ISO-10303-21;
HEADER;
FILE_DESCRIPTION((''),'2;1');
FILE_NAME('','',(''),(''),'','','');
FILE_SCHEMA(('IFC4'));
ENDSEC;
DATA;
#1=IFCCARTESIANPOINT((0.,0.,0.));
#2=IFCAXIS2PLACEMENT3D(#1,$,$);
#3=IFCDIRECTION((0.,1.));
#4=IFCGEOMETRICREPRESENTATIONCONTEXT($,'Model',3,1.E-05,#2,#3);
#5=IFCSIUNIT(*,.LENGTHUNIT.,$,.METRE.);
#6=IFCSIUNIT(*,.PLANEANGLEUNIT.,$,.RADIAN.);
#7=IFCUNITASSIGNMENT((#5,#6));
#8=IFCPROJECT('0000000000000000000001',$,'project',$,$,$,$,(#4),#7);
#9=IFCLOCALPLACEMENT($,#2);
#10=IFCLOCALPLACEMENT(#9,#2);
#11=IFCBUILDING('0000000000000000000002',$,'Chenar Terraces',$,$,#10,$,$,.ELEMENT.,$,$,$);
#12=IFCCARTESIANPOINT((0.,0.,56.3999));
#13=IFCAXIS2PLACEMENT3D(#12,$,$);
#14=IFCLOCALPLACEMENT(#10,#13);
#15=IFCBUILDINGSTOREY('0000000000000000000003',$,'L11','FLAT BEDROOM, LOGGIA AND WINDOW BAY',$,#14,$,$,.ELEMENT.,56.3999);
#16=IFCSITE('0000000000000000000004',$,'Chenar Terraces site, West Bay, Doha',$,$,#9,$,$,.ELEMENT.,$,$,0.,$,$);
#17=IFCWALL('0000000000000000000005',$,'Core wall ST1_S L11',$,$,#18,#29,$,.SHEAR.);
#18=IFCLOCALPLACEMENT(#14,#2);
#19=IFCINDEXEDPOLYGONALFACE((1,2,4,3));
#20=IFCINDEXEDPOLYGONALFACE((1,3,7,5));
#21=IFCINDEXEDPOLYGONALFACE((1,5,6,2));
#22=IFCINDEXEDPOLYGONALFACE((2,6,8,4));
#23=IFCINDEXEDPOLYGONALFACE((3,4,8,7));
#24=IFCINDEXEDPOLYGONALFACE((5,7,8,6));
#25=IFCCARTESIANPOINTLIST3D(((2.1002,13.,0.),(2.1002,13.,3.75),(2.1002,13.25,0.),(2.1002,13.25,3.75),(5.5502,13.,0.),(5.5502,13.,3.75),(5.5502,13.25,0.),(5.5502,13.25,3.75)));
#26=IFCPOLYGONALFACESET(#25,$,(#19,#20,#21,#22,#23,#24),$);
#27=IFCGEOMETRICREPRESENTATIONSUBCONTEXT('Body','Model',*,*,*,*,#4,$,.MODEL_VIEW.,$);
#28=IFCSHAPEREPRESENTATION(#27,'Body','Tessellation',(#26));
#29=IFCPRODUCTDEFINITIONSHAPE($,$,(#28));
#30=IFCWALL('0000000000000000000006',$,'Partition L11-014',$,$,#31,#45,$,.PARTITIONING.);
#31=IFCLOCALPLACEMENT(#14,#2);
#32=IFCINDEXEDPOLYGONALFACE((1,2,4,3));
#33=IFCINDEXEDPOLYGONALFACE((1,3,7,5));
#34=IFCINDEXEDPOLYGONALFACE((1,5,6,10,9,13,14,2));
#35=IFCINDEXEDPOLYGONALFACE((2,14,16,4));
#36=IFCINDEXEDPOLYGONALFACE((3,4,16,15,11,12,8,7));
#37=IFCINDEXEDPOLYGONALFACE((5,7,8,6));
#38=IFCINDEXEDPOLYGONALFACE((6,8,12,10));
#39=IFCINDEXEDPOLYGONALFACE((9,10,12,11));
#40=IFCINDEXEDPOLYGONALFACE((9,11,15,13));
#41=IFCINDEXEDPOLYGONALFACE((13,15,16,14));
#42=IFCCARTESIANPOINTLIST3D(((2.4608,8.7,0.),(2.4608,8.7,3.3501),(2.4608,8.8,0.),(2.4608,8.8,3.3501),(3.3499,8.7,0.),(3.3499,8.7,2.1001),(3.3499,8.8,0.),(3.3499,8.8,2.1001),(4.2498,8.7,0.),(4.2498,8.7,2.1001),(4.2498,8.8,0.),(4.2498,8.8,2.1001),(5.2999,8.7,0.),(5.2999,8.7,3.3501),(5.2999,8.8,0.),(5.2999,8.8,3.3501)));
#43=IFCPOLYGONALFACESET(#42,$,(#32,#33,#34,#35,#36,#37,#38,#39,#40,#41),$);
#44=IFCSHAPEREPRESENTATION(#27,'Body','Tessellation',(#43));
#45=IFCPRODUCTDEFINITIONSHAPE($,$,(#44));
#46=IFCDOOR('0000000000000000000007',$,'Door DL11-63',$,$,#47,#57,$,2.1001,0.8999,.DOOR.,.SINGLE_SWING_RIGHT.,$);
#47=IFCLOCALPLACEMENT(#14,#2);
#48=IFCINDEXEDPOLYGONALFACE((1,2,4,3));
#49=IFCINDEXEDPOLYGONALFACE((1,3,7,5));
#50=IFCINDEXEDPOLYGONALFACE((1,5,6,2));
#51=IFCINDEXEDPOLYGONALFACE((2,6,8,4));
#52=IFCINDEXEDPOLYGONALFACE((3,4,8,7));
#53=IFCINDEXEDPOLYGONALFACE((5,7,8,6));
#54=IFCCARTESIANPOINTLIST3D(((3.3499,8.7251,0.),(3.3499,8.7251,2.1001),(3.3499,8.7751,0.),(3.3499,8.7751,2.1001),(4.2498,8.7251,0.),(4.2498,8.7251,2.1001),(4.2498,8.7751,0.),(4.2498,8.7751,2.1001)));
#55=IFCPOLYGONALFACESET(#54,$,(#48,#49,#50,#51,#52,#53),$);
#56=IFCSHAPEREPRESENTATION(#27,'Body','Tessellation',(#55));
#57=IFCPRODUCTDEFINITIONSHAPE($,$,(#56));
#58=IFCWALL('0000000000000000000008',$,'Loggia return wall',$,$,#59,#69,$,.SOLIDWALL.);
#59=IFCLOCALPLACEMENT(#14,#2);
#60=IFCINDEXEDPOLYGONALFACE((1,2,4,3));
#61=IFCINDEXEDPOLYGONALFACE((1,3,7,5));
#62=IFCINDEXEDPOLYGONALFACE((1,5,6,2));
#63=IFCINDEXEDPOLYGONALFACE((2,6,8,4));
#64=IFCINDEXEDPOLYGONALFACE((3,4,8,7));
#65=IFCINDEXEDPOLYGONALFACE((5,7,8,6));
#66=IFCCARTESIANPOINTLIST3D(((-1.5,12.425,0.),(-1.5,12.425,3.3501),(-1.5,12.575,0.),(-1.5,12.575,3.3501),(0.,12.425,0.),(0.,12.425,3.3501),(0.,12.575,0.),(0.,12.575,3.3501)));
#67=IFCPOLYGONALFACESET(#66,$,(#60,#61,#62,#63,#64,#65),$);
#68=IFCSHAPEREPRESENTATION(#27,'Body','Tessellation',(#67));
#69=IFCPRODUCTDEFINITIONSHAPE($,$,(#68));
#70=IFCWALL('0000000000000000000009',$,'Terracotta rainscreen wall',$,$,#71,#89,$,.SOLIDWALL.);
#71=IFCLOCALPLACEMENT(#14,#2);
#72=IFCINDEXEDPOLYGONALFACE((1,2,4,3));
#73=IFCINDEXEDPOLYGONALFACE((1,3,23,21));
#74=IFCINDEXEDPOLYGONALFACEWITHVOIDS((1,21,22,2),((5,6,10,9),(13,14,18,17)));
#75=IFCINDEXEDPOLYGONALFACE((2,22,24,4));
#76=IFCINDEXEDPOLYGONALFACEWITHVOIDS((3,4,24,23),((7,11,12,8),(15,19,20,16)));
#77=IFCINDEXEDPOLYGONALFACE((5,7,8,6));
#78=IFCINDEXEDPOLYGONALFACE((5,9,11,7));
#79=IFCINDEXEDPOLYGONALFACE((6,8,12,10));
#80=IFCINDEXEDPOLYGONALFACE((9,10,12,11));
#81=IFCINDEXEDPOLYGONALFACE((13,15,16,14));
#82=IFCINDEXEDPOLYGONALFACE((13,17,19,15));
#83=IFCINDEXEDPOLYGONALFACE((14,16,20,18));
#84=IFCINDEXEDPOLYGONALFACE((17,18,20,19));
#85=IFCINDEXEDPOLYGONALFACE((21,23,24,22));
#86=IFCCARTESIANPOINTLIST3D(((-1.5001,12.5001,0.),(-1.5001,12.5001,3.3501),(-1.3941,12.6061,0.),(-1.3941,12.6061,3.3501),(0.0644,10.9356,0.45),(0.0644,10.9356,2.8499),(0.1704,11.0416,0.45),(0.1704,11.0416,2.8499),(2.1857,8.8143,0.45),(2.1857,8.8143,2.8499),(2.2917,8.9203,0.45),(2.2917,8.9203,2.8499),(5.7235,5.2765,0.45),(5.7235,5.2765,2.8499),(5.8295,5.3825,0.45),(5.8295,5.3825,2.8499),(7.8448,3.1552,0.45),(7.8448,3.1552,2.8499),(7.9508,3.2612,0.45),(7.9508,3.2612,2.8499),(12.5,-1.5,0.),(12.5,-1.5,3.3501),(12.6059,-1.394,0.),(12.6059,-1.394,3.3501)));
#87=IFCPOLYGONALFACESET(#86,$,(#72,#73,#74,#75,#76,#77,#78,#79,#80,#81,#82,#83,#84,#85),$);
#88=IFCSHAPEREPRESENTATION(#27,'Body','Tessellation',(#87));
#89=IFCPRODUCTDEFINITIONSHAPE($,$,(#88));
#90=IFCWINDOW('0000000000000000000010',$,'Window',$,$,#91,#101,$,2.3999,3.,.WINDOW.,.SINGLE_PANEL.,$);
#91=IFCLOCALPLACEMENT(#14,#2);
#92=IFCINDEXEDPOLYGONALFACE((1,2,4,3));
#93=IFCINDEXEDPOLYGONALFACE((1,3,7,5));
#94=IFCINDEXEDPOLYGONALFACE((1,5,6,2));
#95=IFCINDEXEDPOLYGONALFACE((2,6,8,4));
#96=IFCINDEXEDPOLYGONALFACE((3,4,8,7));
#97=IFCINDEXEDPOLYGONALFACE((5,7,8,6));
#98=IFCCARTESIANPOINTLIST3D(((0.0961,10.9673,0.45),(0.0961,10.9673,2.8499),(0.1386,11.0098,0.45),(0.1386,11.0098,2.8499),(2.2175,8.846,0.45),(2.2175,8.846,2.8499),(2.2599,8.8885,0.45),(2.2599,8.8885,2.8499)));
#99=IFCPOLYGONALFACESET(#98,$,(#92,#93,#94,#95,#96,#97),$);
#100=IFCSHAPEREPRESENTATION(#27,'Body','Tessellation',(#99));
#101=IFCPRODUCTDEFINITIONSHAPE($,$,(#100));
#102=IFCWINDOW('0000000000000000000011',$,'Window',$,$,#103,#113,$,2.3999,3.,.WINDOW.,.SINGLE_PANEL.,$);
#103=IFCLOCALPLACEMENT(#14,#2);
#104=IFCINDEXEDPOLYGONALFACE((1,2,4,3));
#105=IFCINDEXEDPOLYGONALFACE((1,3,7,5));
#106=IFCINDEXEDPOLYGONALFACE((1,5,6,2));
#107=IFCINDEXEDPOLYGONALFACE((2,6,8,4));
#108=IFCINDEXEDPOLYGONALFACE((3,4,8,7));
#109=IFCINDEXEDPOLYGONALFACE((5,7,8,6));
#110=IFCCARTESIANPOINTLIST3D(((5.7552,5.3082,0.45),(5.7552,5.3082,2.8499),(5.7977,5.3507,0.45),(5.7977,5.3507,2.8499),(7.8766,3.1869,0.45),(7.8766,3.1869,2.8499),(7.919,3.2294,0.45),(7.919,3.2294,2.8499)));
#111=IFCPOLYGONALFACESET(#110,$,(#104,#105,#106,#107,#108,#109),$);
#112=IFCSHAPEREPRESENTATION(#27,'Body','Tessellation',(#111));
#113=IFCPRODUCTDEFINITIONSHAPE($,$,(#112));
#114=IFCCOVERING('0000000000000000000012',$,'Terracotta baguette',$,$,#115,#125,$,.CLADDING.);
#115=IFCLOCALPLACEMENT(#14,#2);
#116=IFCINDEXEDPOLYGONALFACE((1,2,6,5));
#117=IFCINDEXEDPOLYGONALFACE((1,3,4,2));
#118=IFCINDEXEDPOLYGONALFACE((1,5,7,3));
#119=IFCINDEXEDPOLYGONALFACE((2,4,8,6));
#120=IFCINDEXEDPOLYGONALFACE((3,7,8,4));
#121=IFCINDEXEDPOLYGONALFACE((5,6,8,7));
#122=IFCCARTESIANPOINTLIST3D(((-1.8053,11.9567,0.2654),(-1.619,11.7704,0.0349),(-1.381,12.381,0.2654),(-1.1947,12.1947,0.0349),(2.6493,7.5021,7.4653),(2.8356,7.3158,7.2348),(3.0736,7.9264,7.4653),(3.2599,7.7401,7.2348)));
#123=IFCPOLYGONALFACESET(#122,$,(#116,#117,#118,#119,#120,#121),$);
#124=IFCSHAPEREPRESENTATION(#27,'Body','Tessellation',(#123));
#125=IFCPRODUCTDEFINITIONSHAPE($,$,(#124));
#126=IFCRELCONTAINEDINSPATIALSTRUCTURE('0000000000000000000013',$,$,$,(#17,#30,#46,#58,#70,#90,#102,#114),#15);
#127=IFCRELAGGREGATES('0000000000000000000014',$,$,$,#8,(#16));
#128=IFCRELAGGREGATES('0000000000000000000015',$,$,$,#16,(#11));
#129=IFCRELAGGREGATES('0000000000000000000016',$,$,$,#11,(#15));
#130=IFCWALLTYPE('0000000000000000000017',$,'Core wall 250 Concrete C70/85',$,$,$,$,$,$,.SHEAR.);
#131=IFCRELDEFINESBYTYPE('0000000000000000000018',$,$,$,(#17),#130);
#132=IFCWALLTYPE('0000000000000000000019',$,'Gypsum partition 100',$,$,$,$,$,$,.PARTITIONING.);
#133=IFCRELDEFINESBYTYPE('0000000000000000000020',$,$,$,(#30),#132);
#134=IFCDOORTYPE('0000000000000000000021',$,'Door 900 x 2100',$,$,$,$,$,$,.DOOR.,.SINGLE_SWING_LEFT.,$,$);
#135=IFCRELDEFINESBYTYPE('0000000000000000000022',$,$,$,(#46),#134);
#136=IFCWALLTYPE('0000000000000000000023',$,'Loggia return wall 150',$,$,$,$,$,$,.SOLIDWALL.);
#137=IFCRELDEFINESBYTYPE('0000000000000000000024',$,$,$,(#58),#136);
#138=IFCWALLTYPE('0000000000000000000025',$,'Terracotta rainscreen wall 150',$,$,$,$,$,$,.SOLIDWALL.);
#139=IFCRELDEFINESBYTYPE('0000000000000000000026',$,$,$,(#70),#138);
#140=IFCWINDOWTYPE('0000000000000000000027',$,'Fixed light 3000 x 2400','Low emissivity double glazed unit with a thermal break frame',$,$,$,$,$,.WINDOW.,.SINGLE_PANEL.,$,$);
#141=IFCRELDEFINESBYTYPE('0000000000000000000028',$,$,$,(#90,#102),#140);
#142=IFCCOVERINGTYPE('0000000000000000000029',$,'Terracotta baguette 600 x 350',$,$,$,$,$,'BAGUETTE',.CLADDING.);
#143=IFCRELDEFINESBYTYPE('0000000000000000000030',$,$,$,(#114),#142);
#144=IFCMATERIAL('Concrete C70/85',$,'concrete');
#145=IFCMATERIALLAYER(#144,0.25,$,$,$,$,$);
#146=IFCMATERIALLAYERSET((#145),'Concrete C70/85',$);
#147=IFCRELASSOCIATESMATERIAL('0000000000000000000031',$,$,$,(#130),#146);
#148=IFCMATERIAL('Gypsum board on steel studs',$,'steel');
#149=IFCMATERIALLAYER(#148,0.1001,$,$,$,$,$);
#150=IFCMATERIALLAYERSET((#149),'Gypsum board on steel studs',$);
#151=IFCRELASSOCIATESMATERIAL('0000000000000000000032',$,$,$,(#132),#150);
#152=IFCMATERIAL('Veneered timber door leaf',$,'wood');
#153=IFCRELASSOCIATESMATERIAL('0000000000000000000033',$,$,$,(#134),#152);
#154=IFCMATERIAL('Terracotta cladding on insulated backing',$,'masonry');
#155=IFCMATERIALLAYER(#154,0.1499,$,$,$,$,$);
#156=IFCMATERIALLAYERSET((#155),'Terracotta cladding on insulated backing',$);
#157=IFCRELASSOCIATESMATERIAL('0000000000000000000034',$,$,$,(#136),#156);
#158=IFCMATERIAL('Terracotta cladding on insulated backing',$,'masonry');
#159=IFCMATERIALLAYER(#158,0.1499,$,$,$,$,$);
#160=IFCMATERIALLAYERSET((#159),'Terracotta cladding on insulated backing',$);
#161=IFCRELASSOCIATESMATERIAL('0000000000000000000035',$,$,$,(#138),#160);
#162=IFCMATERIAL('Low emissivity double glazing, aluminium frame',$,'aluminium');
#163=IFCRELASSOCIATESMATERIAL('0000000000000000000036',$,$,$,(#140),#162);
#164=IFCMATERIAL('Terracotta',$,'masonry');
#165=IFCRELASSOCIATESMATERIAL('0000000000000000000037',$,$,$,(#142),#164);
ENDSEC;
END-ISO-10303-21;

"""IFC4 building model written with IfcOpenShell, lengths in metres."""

from ifc_helpers import new_model, si_unit, direction, frame, frame_2d, origin, origin_2d, place, context, subcontext, project, spatial, rectangle, extrude, material, layer, layer_set, material_profile, profile_set, type_object, element, fill, save


model = new_model("IFC4")

# Units and contexts
model_context = context("Model", 3, precision=1e-05, world=origin(), true_north=direction((0.0, 1.0)))
body_context = subcontext(model_context, "Body", "Model", "MODEL_VIEW")
ifc_project = project(units=[si_unit("LENGTHUNIT", "METRE"), si_unit("PLANEANGLEUNIT", "RADIAN")], contexts=[model_context])

# Site, building, storey
site_placement = place(None, origin())
site = spatial("IfcSite", under=ifc_project, at=site_placement, Name="Chenar Terraces site, West Bay, Doha", CompositionType="ELEMENT", RefElevation=0.0)
building_placement = place(site_placement, origin())
building = spatial("IfcBuilding", under=site, at=building_placement, Name="Chenar Terraces", CompositionType="ELEMENT")
storey_placement = place(building_placement, frame((0.0, 0.0, 56.3999)))
storey = spatial("IfcBuildingStorey", under=building, at=storey_placement, Name="L11", Description="FLAT BEDROOM, LOGGIA AND WINDOW BAY", CompositionType="ELEMENT", Elevation=56.3999)

# Wall
ifc_material_1 = material(Name="Concrete C70/85", Category="concrete")
ifc_layer_1 = layer(ifc_material_1, 0.25)
ifc_layer_set_1 = layer_set([ifc_layer_1], Name="Concrete C70/85")
wall_type_1 = type_object("IfcWallType", Name="Core wall 250 Concrete C70/85", PredefinedType="SHEAR", material=ifc_layer_set_1)
wall_1_placement = place(storey_placement, frame((2.1001, 13.125, 0.0), z_axis=(0.0, 0.0, 1.0), x_axis=(1.0, 0.0, 0.0)))
element("IfcWall", 1, at=wall_1_placement, inside=storey, type_object=wall_type_1, Name="Core wall ST1_S L11", PredefinedType="SHEAR", context=body_context, shape_type="SweptSolid", body=[
    extrude(rectangle(XDim=3.45, YDim=0.25, at=frame_2d((1.7251, 0.0))), origin(), (0.0, 0.0, 1.0), 3.75),
])

# Wall, opening, door
ifc_material_2 = material(Name="Gypsum board on steel studs", Category="steel")
ifc_layer_2 = layer(ifc_material_2, 0.1001)
ifc_layer_set_2 = layer_set([ifc_layer_2], Name="Gypsum board on steel studs")
wall_type_2 = type_object("IfcWallType", Name="Gypsum partition 100", PredefinedType="PARTITIONING", material=ifc_layer_set_2)
wall_2_placement = place(storey_placement, frame((2.4609, 8.75, 0.0), z_axis=(0.0, 0.0, 1.0), x_axis=(1.0, 0.0, 0.0)))
wall_2 = element("IfcWall", 2, at=wall_2_placement, inside=storey, type_object=wall_type_2, Name="Partition L11-014", PredefinedType="PARTITIONING", context=body_context, shape_type="SweptSolid", body=[
    extrude(rectangle(XDim=2.8391, YDim=0.1001, at=frame_2d((1.4194, 0.0))), origin(), (0.0, 0.0, 1.0), 3.3501),
])
opening_1_placement = place(wall_2_placement, frame((0.8889, 0.0, 0.0)))
opening_1 = element("IfcOpeningElement", 3, at=opening_1_placement, cuts=wall_2, PredefinedType="OPENING", context=body_context, shape_type="SweptSolid", body=[
    extrude(rectangle(XDim=0.8999, YDim=2.1001, at=frame_2d((0.45, 1.05))), frame((0.0, 0.0601, 0.0), z_axis=(0.0, -1.0, 0.0), x_axis=(1.0, 0.0, 0.0)), (0.0, 0.0, 1.0), 0.1201),
])
ifc_material_3 = material(Name="Veneered timber door leaf", Category="wood")
door_type = type_object("IfcDoorType", Name="Door 900 x 2100", OperationType="SINGLE_SWING_LEFT", PredefinedType="DOOR", material=ifc_material_3)
door_placement = place(opening_1_placement, frame((0.8999, 0.0, 0.0), z_axis=(0.0, 0.0, 1.0), x_axis=(-1.0, 0.0, 0.0)))
door = element("IfcDoor", 4, at=door_placement, inside=storey, type_object=door_type, Name="Door DL11-63", OperationType="SINGLE_SWING_RIGHT", OverallHeight=2.1001, OverallWidth=0.8999, PredefinedType="DOOR", context=body_context, shape_type="SweptSolid", body=[
    extrude(rectangle(XDim=0.8999, YDim=2.1001, at=frame_2d((0.45, 1.05))), frame((0.0, 0.0249, 0.0), z_axis=(0.0, -1.0, 0.0), x_axis=(1.0, 0.0, 0.0)), (0.0, 0.0, 1.0), 0.05),
])
fill(opening_1, door)

# Wall
ifc_material_4 = material(Name="Terracotta cladding on insulated backing", Category="masonry")
ifc_layer_3 = layer(ifc_material_4, 0.1499)
ifc_layer_set_3 = layer_set([ifc_layer_3], Name="Terracotta cladding on insulated backing")
wall_type_3 = type_object("IfcWallType", Name="Loggia return wall 150", PredefinedType="SOLIDWALL", material=ifc_layer_set_3)
wall_3_placement = place(storey_placement, frame((-1.5, 12.5, 0.0), z_axis=(0.0, 0.0, 1.0), x_axis=(1.0, 0.0, 0.0)))
element("IfcWall", 5, at=wall_3_placement, inside=storey, type_object=wall_type_3, Name="Loggia return wall", PredefinedType="SOLIDWALL", context=body_context, shape_type="SweptSolid", body=[
    extrude(rectangle(XDim=1.5, YDim=0.1499, at=frame_2d((0.75, 0.0))), origin(), (0.0, 0.0, 1.0), 3.3501),
])

# Wall, openings, windows
ifc_material_5 = material(Name="Terracotta cladding on insulated backing", Category="masonry")
ifc_layer_4 = layer(ifc_material_5, 0.1499)
ifc_layer_set_4 = layer_set([ifc_layer_4], Name="Terracotta cladding on insulated backing")
wall_type_4 = type_object("IfcWallType", Name="Terracotta rainscreen wall 150", PredefinedType="SOLIDWALL", material=ifc_layer_set_4)
wall_4_placement = place(storey_placement, frame((-1.447, 12.553, 0.0), z_axis=(0.0, 0.0, 1.0), x_axis=(0.707107, -0.707107, 0.0)))
wall_4 = element("IfcWall", 6, at=wall_4_placement, inside=storey, type_object=wall_type_4, Name="Terracotta rainscreen wall", PredefinedType="SOLIDWALL", context=body_context, shape_type="SweptSolid", body=[
    extrude(rectangle(XDim=19.7991, YDim=0.1499, at=frame_2d((9.8994, 0.0))), origin(), (0.0, 0.0, 1.0), 3.3501),
])
opening_2_placement = place(wall_4_placement, frame((2.2124, 0.0, 0.45)))
opening_2 = element("IfcOpeningElement", 7, at=opening_2_placement, cuts=wall_4, PredefinedType="OPENING", context=body_context, shape_type="SweptSolid", body=[
    extrude(rectangle(XDim=3.0, YDim=2.3999, at=frame_2d((1.5, 1.2))), frame((0.0, 0.085, 0.0), z_axis=(0.0, -1.0, 0.0), x_axis=(1.0, 0.0, 0.0)), (0.0, 0.0, 1.0), 0.1699),
])
opening_3_placement = place(wall_4_placement, frame((10.2156, 0.0, 0.45)))
opening_3 = element("IfcOpeningElement", 8, at=opening_3_placement, cuts=wall_4, PredefinedType="OPENING", context=body_context, shape_type="SweptSolid", body=[
    extrude(rectangle(XDim=3.0, YDim=2.3999, at=frame_2d((1.5, 1.2))), frame((0.0, 0.085, 0.0), z_axis=(0.0, -1.0, 0.0), x_axis=(1.0, 0.0, 0.0)), (0.0, 0.0, 1.0), 0.1699),
])
ifc_material_6 = material(Name="Low emissivity double glazing, aluminium frame", Category="aluminium")
window_type = type_object("IfcWindowType", Name="Fixed light 3000 x 2400", Description="Low emissivity double glazed unit with a thermal break frame", PartitioningType="SINGLE_PANEL", PredefinedType="WINDOW", material=ifc_material_6)
window_1_placement = place(opening_2_placement, origin())
window_1 = element("IfcWindow", 9, at=window_1_placement, inside=storey, type_object=window_type, Name="Window", OverallHeight=2.3999, OverallWidth=3.0, PartitioningType="SINGLE_PANEL", PredefinedType="WINDOW", context=body_context, shape_type="SweptSolid", body=[
    extrude(rectangle(XDim=3.0, YDim=2.3999, at=frame_2d((1.5, 1.2))), frame((0.0, 0.03, 0.0), z_axis=(0.0, -1.0, 0.0), x_axis=(1.0, 0.0, 0.0)), (0.0, 0.0, 1.0), 0.0601),
])
fill(opening_2, window_1)
window_2_placement = place(opening_3_placement, origin())
window_2 = element("IfcWindow", 10, at=window_2_placement, inside=storey, type_object=window_type, Name="Window", OverallHeight=2.3999, OverallWidth=3.0, PartitioningType="SINGLE_PANEL", PredefinedType="WINDOW", context=body_context, shape_type="SweptSolid", body=[
    extrude(rectangle(XDim=3.0, YDim=2.3999, at=frame_2d((1.5, 1.2))), frame((0.0, 0.03, 0.0), z_axis=(0.0, -1.0, 0.0), x_axis=(1.0, 0.0, 0.0)), (0.0, 0.0, 1.0), 0.0601),
])
fill(opening_3, window_2)

# Covering
ifc_material_7 = material(Name="Terracotta", Category="masonry")
ifc_material_profile = material_profile(ifc_material_7, rectangle(XDim=0.6001, YDim=0.3501, at=origin_2d()), Name="Terracotta baguette 600 x 350")
ifc_profile_set = profile_set([ifc_material_profile], Name="Terracotta")
covering_type = type_object("IfcCoveringType", Name="Terracotta baguette 600 x 350", ElementType="BAGUETTE", PredefinedType="CLADDING", material=ifc_profile_set)
covering_placement = place(storey_placement, frame((-1.5, 12.0757, 0.1501), z_axis=(0.465624, -0.465624, 0.752588), x_axis=(0.707107, 0.707107, 0.0)))
element("IfcCovering", 11, at=covering_placement, inside=storey, type_object=covering_type, Name="Terracotta baguette", PredefinedType="CLADDING", context=body_context, shape_type="SweptSolid", body=[
    extrude(rectangle(XDim=0.6001, YDim=0.3501, at=origin_2d()), origin(), (0.0, 0.0, 1.0), 9.5669),
])

save(model, "model.ifc")
